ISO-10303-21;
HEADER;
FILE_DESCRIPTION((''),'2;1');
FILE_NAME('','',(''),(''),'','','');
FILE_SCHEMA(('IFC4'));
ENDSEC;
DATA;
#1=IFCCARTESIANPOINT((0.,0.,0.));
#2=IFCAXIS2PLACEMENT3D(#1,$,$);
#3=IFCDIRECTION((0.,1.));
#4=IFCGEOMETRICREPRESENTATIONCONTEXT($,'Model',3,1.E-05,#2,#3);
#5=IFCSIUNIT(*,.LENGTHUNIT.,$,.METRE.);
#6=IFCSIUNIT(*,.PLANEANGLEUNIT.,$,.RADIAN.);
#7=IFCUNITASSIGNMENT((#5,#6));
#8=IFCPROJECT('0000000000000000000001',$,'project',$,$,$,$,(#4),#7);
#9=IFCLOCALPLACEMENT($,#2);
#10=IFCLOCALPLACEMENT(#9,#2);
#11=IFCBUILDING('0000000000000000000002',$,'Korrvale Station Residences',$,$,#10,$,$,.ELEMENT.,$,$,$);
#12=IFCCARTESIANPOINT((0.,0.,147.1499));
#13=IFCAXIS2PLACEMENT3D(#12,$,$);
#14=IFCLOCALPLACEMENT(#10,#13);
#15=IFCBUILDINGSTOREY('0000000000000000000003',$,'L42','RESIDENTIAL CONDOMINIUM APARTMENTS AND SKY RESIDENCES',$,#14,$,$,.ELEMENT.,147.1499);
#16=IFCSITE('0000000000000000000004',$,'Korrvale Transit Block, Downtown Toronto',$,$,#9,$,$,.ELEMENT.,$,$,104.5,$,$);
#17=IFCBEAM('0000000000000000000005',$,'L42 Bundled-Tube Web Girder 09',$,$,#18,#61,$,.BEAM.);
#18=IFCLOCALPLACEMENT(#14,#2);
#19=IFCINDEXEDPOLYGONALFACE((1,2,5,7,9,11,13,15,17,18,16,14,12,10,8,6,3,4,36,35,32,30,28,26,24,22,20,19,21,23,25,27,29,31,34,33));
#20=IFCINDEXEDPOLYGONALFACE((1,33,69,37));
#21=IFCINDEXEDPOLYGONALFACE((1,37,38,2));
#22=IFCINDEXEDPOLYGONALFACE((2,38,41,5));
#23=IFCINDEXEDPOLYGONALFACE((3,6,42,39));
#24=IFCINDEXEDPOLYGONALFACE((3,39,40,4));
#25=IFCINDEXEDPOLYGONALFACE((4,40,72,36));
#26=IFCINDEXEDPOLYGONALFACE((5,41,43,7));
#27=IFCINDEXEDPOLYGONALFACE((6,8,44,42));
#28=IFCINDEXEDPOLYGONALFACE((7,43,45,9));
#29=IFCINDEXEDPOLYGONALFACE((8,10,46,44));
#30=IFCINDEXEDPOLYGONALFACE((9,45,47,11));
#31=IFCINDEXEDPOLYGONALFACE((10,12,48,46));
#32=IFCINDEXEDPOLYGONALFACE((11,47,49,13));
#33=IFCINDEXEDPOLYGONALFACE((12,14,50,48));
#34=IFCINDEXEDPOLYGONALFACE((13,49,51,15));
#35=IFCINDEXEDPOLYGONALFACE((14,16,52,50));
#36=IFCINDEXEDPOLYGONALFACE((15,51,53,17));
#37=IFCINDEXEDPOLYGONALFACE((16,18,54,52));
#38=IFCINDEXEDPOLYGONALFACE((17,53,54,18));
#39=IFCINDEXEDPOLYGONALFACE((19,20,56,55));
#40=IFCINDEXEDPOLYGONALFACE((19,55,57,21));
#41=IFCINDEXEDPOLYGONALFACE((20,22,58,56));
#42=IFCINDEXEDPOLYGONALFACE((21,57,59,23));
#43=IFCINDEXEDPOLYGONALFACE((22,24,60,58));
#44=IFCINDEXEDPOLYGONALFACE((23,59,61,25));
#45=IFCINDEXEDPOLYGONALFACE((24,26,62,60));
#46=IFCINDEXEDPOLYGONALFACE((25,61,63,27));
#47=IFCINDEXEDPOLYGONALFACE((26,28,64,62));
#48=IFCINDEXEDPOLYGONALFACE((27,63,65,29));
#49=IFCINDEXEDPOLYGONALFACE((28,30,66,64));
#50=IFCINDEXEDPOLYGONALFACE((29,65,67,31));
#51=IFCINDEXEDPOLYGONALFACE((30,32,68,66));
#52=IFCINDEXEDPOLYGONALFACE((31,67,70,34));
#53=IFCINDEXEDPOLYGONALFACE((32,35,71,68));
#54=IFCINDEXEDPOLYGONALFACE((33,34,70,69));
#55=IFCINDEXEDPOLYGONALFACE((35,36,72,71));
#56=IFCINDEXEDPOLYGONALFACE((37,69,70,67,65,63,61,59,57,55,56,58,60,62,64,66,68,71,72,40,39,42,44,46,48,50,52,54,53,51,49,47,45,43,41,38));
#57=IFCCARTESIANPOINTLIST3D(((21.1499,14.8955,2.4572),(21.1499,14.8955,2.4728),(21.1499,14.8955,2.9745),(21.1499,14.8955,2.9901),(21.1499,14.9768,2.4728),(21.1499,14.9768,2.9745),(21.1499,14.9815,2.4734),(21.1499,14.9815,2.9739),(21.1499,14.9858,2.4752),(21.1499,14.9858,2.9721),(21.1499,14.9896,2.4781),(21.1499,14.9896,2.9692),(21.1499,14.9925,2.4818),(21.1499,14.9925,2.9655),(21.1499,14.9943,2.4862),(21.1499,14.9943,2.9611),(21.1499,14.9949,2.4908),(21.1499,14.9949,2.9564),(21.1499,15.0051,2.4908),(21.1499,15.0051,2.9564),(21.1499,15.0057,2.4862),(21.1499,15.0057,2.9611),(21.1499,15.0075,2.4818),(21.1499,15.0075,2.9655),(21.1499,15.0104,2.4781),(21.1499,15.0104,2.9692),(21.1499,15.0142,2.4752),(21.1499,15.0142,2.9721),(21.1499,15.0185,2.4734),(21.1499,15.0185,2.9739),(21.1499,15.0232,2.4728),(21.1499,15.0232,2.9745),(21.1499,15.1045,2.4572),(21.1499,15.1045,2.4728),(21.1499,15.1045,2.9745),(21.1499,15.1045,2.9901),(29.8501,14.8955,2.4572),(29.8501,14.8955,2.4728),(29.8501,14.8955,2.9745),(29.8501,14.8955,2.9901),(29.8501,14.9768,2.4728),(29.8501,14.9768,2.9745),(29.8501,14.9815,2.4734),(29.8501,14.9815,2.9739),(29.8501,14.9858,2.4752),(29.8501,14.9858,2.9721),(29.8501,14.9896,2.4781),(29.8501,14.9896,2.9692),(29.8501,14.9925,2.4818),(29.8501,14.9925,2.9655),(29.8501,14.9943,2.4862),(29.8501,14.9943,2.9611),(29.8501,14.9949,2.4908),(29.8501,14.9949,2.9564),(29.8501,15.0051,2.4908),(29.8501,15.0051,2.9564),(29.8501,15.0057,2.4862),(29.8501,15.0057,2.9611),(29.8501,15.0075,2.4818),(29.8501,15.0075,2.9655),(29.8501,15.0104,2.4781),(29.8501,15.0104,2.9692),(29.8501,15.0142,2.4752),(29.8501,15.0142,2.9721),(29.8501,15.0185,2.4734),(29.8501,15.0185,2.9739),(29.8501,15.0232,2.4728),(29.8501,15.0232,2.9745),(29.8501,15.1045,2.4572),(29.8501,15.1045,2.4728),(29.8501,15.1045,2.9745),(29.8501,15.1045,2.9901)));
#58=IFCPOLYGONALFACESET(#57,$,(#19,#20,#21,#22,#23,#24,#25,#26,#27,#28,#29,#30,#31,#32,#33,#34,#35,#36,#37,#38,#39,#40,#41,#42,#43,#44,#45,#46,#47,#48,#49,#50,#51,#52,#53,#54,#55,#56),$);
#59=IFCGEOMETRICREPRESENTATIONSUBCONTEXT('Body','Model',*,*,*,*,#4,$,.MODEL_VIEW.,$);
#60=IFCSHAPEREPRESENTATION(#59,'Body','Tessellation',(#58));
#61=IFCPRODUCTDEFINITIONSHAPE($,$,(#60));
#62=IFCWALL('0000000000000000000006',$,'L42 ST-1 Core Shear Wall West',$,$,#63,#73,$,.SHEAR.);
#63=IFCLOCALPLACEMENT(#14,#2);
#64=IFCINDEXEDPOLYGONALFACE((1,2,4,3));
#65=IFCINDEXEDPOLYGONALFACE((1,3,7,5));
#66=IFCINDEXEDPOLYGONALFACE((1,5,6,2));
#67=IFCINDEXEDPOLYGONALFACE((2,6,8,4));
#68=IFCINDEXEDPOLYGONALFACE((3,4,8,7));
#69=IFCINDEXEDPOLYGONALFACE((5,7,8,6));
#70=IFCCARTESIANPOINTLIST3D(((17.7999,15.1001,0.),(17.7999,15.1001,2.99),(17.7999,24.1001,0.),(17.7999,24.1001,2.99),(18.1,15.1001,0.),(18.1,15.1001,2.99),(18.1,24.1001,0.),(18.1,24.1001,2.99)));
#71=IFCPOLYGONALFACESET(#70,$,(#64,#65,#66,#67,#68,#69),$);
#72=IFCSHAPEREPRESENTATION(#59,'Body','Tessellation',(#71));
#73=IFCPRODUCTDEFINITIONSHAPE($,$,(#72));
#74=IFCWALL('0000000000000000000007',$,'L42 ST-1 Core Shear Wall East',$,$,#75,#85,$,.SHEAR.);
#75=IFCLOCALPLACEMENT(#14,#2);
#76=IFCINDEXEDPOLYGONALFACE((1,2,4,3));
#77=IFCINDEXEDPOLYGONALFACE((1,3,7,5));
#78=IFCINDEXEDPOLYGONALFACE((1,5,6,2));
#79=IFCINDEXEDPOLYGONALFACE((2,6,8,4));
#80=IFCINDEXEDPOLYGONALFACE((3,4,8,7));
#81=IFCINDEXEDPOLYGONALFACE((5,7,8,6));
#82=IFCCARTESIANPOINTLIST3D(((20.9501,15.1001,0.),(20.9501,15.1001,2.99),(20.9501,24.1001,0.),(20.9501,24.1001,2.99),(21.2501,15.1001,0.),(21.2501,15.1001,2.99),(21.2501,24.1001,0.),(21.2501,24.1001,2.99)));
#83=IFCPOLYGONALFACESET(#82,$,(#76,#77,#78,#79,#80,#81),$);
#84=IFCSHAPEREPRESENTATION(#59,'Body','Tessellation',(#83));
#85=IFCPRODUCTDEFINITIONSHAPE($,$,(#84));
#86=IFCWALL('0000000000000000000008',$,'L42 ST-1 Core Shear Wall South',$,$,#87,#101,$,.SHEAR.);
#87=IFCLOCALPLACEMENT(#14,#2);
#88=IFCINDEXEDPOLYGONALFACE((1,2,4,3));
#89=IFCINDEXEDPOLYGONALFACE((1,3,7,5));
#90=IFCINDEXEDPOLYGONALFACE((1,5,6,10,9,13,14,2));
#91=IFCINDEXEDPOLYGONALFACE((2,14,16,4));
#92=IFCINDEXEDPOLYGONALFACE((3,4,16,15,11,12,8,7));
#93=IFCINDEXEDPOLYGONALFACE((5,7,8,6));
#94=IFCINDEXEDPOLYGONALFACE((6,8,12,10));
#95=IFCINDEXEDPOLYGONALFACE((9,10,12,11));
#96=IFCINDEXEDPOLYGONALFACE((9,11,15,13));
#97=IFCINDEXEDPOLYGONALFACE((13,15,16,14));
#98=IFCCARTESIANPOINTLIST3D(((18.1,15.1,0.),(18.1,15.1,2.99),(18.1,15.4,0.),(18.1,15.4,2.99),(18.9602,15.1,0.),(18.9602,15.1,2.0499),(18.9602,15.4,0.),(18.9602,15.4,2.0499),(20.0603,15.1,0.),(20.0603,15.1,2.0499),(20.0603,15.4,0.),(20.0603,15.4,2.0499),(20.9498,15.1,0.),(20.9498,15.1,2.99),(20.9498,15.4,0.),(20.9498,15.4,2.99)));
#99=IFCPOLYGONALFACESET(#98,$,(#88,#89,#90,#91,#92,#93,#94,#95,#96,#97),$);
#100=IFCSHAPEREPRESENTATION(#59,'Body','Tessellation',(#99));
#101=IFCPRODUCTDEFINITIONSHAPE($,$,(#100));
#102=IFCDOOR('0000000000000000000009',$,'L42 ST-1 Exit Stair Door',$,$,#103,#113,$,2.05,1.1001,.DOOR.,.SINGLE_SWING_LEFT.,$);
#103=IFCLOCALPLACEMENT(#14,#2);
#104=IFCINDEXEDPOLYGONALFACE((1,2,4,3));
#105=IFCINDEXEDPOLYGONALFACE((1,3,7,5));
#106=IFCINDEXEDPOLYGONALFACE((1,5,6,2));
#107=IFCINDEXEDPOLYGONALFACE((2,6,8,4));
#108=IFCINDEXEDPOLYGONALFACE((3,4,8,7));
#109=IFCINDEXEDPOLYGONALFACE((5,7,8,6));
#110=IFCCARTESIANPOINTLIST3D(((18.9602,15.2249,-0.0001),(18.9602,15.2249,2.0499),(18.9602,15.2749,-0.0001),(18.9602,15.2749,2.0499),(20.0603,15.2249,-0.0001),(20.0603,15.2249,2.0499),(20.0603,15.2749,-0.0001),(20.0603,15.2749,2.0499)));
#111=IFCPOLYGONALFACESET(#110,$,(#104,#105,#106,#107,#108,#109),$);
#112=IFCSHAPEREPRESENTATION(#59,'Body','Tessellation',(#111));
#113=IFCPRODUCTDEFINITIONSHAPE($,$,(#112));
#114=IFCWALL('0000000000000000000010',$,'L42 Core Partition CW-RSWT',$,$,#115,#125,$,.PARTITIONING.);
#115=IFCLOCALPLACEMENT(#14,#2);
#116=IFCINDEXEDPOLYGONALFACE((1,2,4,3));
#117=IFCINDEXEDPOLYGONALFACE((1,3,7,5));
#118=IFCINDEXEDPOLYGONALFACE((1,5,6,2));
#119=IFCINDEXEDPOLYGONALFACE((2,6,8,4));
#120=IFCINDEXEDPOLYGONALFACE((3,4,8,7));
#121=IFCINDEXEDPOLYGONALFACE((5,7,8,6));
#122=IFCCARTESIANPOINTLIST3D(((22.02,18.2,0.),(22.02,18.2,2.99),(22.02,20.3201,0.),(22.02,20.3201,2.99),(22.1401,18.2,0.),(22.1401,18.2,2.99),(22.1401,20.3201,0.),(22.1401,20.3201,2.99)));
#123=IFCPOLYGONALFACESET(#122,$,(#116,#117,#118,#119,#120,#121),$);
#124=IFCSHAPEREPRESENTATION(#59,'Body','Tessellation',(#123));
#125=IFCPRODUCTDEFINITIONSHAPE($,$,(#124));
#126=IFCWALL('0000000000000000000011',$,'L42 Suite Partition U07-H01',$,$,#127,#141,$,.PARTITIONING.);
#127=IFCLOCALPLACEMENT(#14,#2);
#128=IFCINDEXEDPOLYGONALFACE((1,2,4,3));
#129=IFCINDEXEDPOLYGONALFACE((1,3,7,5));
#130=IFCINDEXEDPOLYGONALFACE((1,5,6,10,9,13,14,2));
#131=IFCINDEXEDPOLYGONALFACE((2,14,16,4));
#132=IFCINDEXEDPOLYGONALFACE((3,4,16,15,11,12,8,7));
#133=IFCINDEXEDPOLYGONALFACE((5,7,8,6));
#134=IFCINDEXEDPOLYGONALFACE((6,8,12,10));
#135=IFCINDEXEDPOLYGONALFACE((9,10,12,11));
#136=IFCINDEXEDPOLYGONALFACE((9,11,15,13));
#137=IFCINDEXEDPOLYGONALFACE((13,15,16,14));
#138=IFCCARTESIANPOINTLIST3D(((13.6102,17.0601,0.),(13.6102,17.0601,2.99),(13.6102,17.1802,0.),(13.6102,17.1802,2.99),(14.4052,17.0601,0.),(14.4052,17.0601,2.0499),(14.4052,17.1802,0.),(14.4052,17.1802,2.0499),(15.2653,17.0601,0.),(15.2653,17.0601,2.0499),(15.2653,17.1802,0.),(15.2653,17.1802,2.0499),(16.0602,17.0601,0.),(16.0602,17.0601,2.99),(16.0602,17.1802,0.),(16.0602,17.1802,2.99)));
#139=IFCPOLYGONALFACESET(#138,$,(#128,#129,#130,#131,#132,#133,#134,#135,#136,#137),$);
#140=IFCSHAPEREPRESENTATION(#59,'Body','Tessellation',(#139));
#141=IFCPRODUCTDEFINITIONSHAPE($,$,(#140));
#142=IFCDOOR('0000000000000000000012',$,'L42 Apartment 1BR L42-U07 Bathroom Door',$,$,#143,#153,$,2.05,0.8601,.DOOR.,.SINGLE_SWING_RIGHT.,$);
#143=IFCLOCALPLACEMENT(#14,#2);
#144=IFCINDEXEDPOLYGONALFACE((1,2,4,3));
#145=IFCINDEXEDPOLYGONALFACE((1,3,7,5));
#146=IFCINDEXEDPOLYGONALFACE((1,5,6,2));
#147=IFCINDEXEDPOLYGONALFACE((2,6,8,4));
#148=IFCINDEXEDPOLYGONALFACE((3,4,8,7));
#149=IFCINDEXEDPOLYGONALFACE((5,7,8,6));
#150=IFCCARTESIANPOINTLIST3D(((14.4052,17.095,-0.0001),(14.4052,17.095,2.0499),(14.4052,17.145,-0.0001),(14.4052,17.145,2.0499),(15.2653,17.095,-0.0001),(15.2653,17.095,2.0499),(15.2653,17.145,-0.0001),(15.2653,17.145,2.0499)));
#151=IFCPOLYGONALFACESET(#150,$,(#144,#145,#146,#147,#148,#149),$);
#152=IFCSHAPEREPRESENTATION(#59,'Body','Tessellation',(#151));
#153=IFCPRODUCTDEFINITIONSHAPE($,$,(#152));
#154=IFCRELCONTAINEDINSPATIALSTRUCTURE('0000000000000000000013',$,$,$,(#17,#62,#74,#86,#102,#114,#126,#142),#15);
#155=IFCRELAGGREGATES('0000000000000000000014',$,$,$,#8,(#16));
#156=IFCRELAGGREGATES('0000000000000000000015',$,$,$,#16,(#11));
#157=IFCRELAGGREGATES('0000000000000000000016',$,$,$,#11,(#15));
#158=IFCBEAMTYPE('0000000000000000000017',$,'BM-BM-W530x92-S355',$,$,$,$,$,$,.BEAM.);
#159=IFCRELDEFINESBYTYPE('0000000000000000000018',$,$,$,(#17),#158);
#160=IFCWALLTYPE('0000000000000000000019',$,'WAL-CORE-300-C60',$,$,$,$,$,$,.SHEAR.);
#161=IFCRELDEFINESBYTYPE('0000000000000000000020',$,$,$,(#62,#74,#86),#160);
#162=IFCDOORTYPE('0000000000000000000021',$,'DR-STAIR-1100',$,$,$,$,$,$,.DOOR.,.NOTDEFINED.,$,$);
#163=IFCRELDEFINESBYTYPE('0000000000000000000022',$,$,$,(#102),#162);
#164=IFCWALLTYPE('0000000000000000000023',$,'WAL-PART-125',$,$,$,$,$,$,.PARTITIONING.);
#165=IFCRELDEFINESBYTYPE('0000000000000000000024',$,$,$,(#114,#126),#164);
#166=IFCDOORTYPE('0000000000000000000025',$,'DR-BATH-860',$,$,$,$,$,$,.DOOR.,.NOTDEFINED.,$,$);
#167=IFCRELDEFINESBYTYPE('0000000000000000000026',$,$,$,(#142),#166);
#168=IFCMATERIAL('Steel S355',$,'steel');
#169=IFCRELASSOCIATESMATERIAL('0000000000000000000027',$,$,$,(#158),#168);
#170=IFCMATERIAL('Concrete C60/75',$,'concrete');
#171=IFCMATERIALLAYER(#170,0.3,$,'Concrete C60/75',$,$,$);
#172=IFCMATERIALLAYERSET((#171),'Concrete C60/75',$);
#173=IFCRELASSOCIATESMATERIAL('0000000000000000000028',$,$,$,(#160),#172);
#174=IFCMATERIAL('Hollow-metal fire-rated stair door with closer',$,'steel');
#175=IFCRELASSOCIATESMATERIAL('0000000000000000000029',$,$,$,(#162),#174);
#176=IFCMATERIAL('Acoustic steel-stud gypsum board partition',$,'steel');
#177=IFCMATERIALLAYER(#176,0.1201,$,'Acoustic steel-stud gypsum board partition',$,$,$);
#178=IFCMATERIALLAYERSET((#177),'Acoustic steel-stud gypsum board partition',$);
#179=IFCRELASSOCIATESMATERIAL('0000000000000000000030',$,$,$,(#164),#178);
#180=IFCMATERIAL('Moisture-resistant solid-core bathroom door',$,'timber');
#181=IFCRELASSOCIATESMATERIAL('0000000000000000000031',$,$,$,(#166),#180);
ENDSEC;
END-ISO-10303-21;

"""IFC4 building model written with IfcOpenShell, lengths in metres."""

from ifc_helpers import new_model, si_unit, direction, frame, frame_2d, origin, origin_2d, place, context, subcontext, project, spatial, rectangle, i_section, extrude, material, layer, layer_set, material_profile, profile_set, type_object, element, fill, save


model = new_model("IFC4")

# Units and contexts
model_context = context("Model", 3, precision=1e-05, world=origin(), true_north=direction((0.0, 1.0)))
body_context = subcontext(model_context, "Body", "Model", "MODEL_VIEW")
ifc_project = project(units=[si_unit("LENGTHUNIT", "METRE"), si_unit("PLANEANGLEUNIT", "RADIAN")], contexts=[model_context])

# Site, building, storey
site_placement = place(None, origin())
site = spatial("IfcSite", under=ifc_project, at=site_placement, Name="Korrvale Transit Block, Downtown Toronto", CompositionType="ELEMENT", RefElevation=104.5)
building_placement = place(site_placement, origin())
building = spatial("IfcBuilding", under=site, at=building_placement, Name="Korrvale Station Residences", CompositionType="ELEMENT")
storey_placement = place(building_placement, frame((0.0, 0.0, 147.1499)))
storey = spatial("IfcBuildingStorey", under=building, at=storey_placement, Name="L42", Description="RESIDENTIAL CONDOMINIUM APARTMENTS AND SKY RESIDENCES", CompositionType="ELEMENT", Elevation=147.1499)

# Beam
ifc_material_1 = material(Name="Steel S355", Category="steel")
ifc_material_profile = material_profile(ifc_material_1, i_section(OverallWidth=0.209, OverallDepth=0.533, WebThickness=0.0103, FlangeThickness=0.0156, FilletRadius=0.0181, at=origin_2d()), Name="W530x92")
ifc_profile_set = profile_set([ifc_material_profile], Name="Steel S355")
beam_type = type_object("IfcBeamType", Name="BM-BM-W530x92-S355", PredefinedType="BEAM", material=ifc_profile_set)
beam_placement = place(storey_placement, frame((21.1499, 15.0, 2.7236), z_axis=(1.0, 0.0, 0.0), x_axis=(0.0, 1.0, 0.0)))
element("IfcBeam", 1, at=beam_placement, inside=storey, type_object=beam_type, Name="L42 Bundled-Tube Web Girder 09", PredefinedType="BEAM", context=body_context, shape_type="SweptSolid", body=[
    extrude(i_section(OverallWidth=0.209, OverallDepth=0.533, WebThickness=0.0103, FlangeThickness=0.0156, FilletRadius=0.0181, at=origin_2d()), origin(), (0.0, 0.0, 1.0), 8.7002),
])

# Walls
ifc_material_2 = material(Name="Concrete C60/75", Category="concrete")
ifc_layer_1 = layer(ifc_material_2, 0.3, Name="Concrete C60/75")
ifc_layer_set_1 = layer_set([ifc_layer_1], Name="Concrete C60/75")
wall_type_1 = type_object("IfcWallType", Name="WAL-CORE-300-C60", PredefinedType="SHEAR", material=ifc_layer_set_1)
for number, where, z_axis, x_axis, name in (
    (2, (17.95, 15.1001, 0.0), (0.0, 0.0, 1.0), (0.0, 1.0, 0.0), "L42 ST-1 Core Shear Wall West"),
    (3, (21.1001, 15.1001, 0.0), (0.0, 0.0, 1.0), (0.0, 1.0, 0.0), "L42 ST-1 Core Shear Wall East"),
):
    element("IfcWall", number, at=place(storey_placement, frame(where, z_axis=z_axis, x_axis=x_axis)), inside=storey, type_object=wall_type_1, Name=name, PredefinedType="SHEAR", context=body_context, shape_type="SweptSolid", body=[
        extrude(rectangle(XDim=9.0, YDim=0.3, at=frame_2d((4.5, 0.0))), origin(), (0.0, 0.0, 1.0), 2.99),
    ])

# Wall, opening, door
wall_1_placement = place(storey_placement, frame((18.1001, 15.25, 0.0), z_axis=(0.0, 0.0, 1.0), x_axis=(1.0, 0.0, 0.0)))
wall_1 = element("IfcWall", 4, at=wall_1_placement, inside=storey, type_object=wall_type_1, Name="L42 ST-1 Core Shear Wall South", PredefinedType="SHEAR", context=body_context, shape_type="SweptSolid", body=[
    extrude(rectangle(XDim=2.8499, YDim=0.3, at=frame_2d((1.4248, 0.0))), origin(), (0.0, 0.0, 1.0), 2.99),
])
opening_1_placement = place(wall_1_placement, frame((0.8601, 0.0, 0.0)))
opening_1 = element("IfcOpeningElement", 5, at=opening_1_placement, cuts=wall_1, PredefinedType="OPENING", context=body_context, shape_type="SweptSolid", body=[
    extrude(rectangle(XDim=1.1001, YDim=2.05, at=frame_2d((0.55, 1.0249))), frame((0.0, 0.1602, 0.0), z_axis=(0.0, -1.0, 0.0), x_axis=(1.0, 0.0, 0.0)), (0.0, 0.0, 1.0), 0.3201),
])
ifc_material_3 = material(Name="Hollow-metal fire-rated stair door with closer", Category="steel")
door_type_1 = type_object("IfcDoorType", Name="DR-STAIR-1100", OperationType="NOTDEFINED", PredefinedType="DOOR", material=ifc_material_3)
door_1_placement = place(opening_1_placement, origin())
door_1 = element("IfcDoor", 6, at=door_1_placement, inside=storey, type_object=door_type_1, Name="L42 ST-1 Exit Stair Door", OperationType="SINGLE_SWING_LEFT", OverallHeight=2.05, OverallWidth=1.1001, PredefinedType="DOOR", context=body_context, shape_type="SweptSolid", body=[
    extrude(rectangle(XDim=1.1001, YDim=2.05, at=frame_2d((0.55, 1.0249))), frame((0.0, 0.0249, 0.0), z_axis=(0.0, -1.0, 0.0), x_axis=(1.0, 0.0, 0.0)), (0.0, 0.0, 1.0), 0.05),
])
fill(opening_1, door_1)

# Wall
ifc_material_4 = material(Name="Acoustic steel-stud gypsum board partition", Category="steel")
ifc_layer_2 = layer(ifc_material_4, 0.1201, Name="Acoustic steel-stud gypsum board partition")
ifc_layer_set_2 = layer_set([ifc_layer_2], Name="Acoustic steel-stud gypsum board partition")
wall_type_2 = type_object("IfcWallType", Name="WAL-PART-125", PredefinedType="PARTITIONING", material=ifc_layer_set_2)
wall_2_placement = place(storey_placement, frame((22.0801, 18.2, 0.0), z_axis=(0.0, 0.0, 1.0), x_axis=(0.0, 1.0, 0.0)))
element("IfcWall", 7, at=wall_2_placement, inside=storey, type_object=wall_type_2, Name="L42 Core Partition CW-RSWT", PredefinedType="PARTITIONING", context=body_context, shape_type="SweptSolid", body=[
    extrude(rectangle(XDim=2.1201, YDim=0.1201, at=frame_2d((1.0601, 0.0))), origin(), (0.0, 0.0, 1.0), 2.99),
])

# Wall, opening, door
wall_3_placement = place(storey_placement, frame((13.6101, 17.1201, 0.0), z_axis=(0.0, 0.0, 1.0), x_axis=(1.0, 0.0, 0.0)))
wall_3 = element("IfcWall", 8, at=wall_3_placement, inside=storey, type_object=wall_type_2, Name="L42 Suite Partition U07-H01", PredefinedType="PARTITIONING", context=body_context, shape_type="SweptSolid", body=[
    extrude(rectangle(XDim=2.45, YDim=0.1201, at=frame_2d((1.2251, 0.0))), origin(), (0.0, 0.0, 1.0), 2.99),
])
opening_2_placement = place(wall_3_placement, frame((0.7949, 0.0, 0.0)))
opening_2 = element("IfcOpeningElement", 9, at=opening_2_placement, cuts=wall_3, PredefinedType="OPENING", context=body_context, shape_type="SweptSolid", body=[
    extrude(rectangle(XDim=0.8601, YDim=2.05, at=frame_2d((0.4302, 1.0249))), frame((0.0, 0.0701, 0.0), z_axis=(0.0, -1.0, 0.0), x_axis=(1.0, 0.0, 0.0)), (0.0, 0.0, 1.0), 0.1401),
])
ifc_material_5 = material(Name="Moisture-resistant solid-core bathroom door", Category="timber")
door_type_2 = type_object("IfcDoorType", Name="DR-BATH-860", OperationType="NOTDEFINED", PredefinedType="DOOR", material=ifc_material_5)
door_2_placement = place(opening_2_placement, origin())
door_2 = element("IfcDoor", 10, at=door_2_placement, inside=storey, type_object=door_type_2, Name="L42 Apartment 1BR L42-U07 Bathroom Door", OperationType="SINGLE_SWING_RIGHT", OverallHeight=2.05, OverallWidth=0.8601, PredefinedType="DOOR", context=body_context, shape_type="SweptSolid", body=[
    extrude(rectangle(XDim=0.8601, YDim=2.05, at=frame_2d((0.4302, 1.0249))), frame((0.0, 0.0249, 0.0), z_axis=(0.0, -1.0, 0.0), x_axis=(1.0, 0.0, 0.0)), (0.0, 0.0, 1.0), 0.05),
])
fill(opening_2, door_2)

save(model, "model.ifc")
